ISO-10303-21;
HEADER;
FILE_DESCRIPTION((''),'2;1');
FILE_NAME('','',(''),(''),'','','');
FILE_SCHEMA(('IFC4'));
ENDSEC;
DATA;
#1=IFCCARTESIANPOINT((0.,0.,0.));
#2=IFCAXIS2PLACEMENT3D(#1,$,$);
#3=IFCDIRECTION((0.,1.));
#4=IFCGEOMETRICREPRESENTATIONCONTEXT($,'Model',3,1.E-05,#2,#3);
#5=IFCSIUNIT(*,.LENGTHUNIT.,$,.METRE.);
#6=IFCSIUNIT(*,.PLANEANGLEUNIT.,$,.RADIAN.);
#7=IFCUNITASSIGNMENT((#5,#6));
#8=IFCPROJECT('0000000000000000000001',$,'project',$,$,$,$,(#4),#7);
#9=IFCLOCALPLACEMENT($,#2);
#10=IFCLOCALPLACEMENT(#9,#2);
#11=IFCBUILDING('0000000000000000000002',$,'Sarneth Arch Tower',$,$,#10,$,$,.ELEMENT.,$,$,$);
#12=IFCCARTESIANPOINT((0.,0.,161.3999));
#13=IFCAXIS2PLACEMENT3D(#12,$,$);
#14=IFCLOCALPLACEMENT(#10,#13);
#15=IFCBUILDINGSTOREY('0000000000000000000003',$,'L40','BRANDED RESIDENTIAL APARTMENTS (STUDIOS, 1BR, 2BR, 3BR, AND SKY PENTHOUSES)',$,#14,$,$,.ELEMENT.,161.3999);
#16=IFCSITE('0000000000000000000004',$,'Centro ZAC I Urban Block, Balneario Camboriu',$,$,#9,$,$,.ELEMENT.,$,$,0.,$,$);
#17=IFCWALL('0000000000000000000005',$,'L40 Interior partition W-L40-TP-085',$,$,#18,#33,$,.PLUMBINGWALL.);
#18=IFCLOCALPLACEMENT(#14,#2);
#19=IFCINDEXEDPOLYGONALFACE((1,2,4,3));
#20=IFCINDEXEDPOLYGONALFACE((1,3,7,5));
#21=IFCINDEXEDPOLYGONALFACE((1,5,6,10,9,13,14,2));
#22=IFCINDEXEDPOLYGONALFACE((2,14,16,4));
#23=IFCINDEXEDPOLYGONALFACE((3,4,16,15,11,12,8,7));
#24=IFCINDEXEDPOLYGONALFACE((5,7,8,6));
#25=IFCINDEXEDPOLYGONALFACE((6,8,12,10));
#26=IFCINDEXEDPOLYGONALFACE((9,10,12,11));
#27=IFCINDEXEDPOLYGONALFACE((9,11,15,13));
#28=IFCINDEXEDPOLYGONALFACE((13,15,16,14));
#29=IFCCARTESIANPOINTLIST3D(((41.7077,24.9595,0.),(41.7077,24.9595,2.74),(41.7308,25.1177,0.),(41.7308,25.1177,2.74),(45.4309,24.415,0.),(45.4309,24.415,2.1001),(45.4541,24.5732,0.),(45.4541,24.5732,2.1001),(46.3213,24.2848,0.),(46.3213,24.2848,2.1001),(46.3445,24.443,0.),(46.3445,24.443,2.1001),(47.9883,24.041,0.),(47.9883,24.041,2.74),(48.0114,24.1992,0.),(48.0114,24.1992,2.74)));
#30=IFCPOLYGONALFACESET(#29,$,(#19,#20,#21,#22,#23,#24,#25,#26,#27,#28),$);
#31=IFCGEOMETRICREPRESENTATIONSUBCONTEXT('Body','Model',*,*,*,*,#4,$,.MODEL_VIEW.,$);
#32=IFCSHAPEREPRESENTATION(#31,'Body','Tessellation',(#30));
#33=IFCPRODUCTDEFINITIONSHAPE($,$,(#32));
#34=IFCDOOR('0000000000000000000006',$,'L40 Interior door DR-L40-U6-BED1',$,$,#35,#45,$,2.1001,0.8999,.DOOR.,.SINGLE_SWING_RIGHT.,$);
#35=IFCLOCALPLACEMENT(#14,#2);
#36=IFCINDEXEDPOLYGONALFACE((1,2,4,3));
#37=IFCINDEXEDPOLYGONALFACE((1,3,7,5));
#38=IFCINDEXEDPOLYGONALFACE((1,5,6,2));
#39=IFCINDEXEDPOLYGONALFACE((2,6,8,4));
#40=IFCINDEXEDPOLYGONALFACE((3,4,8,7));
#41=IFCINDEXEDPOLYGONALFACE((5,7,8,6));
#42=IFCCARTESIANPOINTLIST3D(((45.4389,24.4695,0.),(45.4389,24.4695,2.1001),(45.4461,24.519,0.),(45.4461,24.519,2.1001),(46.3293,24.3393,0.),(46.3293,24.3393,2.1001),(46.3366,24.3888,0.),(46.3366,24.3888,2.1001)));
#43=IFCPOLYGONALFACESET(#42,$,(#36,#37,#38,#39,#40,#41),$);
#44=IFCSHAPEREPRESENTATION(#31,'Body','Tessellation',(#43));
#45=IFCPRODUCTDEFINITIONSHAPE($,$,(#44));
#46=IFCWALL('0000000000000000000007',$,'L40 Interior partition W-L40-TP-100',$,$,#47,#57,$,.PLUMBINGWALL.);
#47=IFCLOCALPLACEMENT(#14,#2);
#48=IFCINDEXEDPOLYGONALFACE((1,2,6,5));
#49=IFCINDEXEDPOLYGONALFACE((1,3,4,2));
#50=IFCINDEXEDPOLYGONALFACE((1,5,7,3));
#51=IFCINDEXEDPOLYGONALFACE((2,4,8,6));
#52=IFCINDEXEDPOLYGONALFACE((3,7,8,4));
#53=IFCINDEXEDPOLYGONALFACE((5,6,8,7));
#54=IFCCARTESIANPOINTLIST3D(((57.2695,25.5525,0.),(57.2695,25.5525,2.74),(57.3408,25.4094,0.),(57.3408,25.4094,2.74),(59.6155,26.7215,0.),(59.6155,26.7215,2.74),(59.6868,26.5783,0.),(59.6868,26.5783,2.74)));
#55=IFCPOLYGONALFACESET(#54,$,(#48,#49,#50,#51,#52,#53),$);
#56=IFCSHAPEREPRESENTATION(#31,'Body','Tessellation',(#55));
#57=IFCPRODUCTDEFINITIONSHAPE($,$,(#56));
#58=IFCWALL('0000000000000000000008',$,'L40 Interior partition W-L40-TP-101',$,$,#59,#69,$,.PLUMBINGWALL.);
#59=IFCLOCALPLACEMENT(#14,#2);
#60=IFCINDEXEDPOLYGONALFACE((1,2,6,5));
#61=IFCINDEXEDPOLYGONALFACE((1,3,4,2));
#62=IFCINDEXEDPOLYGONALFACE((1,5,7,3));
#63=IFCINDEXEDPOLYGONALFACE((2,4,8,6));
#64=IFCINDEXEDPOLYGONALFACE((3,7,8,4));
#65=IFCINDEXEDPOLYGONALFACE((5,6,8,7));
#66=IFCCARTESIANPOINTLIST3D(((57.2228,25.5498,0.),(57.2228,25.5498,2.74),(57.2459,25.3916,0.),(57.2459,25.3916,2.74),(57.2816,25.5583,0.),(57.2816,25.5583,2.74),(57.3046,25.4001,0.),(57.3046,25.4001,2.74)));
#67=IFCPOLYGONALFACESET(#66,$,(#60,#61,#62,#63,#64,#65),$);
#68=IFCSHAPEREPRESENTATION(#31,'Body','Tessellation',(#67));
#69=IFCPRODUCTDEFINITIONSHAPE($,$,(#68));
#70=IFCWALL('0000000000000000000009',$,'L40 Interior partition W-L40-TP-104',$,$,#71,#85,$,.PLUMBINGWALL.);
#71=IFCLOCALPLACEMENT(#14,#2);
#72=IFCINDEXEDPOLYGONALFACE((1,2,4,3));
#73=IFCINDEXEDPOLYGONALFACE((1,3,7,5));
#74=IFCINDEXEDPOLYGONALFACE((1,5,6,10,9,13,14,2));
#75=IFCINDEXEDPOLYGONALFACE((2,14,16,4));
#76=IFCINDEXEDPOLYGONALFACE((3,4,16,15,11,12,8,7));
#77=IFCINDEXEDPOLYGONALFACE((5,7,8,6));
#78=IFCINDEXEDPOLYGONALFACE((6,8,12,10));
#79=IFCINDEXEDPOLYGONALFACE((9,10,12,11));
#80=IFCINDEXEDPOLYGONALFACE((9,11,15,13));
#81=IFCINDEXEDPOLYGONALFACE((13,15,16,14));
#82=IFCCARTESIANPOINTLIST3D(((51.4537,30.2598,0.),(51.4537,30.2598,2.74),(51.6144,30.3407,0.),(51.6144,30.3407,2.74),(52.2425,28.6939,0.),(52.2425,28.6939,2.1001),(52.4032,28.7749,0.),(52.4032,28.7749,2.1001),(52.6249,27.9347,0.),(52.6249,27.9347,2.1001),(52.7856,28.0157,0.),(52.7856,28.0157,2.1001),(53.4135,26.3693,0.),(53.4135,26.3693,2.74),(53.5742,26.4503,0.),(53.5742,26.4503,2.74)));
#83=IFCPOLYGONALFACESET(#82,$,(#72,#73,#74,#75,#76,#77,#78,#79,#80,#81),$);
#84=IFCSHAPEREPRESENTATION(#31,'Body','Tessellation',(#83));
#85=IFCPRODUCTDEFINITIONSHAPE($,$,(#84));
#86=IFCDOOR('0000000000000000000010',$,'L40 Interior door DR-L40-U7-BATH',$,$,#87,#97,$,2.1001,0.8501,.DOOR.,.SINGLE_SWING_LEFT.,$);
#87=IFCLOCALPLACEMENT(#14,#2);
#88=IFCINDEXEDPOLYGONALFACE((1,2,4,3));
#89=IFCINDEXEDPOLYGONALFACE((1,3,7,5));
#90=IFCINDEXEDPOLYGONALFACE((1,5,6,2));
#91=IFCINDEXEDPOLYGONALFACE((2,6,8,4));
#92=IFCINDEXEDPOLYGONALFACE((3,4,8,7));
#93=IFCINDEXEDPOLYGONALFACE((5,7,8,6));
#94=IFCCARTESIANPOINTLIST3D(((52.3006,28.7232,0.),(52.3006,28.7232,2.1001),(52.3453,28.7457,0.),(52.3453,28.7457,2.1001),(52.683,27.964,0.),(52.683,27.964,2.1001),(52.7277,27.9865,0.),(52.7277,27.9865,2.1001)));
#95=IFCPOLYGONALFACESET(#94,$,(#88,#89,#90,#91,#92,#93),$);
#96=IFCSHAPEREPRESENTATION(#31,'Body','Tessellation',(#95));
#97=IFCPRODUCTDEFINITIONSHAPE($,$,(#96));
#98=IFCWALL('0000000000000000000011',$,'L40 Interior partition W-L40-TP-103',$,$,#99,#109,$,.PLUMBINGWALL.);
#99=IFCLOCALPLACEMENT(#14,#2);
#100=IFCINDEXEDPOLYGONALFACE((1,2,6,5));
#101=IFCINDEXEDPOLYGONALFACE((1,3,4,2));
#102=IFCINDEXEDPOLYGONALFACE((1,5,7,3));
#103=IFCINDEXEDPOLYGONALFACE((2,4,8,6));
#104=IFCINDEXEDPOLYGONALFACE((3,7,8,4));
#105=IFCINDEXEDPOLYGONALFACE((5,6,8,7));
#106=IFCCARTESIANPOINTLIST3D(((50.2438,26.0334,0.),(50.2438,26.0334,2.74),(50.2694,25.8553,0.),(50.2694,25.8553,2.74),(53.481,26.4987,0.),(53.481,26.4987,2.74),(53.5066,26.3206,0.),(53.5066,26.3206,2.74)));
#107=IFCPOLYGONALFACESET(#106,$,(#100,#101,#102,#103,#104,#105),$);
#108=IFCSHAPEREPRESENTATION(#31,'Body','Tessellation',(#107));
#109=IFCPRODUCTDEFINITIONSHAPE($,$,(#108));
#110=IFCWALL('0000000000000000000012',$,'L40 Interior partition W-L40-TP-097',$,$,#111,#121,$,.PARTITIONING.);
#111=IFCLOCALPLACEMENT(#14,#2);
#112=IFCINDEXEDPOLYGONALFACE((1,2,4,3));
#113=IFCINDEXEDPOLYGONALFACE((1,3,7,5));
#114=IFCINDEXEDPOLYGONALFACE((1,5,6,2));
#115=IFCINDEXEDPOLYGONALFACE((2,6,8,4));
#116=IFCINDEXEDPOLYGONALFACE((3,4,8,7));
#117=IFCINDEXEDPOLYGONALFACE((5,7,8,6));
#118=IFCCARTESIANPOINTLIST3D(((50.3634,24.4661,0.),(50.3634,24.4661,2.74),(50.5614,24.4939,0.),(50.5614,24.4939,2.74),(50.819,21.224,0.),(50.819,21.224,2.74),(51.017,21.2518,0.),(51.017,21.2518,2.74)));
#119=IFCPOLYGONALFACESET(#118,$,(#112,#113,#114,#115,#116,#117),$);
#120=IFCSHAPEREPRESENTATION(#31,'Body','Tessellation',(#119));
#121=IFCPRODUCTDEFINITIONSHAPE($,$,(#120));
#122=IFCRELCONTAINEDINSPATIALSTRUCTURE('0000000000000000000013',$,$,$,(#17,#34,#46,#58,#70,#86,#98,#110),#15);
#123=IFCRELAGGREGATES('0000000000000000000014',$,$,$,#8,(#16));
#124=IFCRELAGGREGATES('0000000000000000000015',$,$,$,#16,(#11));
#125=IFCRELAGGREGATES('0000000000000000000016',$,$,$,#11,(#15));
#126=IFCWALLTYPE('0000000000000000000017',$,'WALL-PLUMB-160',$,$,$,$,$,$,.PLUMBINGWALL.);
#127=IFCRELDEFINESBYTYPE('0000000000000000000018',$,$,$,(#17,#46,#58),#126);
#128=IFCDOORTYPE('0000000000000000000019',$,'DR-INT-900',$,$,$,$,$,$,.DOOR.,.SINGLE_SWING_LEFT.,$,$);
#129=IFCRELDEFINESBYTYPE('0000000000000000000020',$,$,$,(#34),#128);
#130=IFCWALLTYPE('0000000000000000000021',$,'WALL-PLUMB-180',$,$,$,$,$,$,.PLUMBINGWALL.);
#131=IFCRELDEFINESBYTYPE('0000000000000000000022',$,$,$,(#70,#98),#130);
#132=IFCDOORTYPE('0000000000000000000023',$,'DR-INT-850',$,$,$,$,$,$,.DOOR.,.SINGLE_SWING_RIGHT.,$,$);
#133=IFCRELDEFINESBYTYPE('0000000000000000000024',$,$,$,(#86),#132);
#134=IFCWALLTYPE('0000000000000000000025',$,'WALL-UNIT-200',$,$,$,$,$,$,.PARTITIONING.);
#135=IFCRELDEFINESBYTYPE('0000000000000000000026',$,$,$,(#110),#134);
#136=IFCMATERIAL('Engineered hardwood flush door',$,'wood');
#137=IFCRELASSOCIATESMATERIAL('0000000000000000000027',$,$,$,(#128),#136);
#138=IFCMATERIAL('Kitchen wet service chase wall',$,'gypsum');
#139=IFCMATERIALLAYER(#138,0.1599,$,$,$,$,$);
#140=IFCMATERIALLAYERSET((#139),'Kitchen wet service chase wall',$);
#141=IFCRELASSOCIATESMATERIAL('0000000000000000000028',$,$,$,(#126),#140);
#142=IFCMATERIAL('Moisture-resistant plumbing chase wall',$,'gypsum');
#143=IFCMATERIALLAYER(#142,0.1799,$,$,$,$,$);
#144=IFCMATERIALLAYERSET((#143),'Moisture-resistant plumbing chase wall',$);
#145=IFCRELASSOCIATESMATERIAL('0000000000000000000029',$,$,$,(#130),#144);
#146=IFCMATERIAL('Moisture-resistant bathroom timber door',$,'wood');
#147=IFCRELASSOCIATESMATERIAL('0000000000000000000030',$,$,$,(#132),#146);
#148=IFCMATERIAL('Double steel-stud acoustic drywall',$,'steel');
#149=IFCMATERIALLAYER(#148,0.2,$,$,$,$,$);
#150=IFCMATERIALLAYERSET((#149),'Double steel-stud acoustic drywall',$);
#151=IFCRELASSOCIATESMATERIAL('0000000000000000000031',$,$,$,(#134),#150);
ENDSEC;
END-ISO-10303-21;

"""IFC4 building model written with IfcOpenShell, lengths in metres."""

from ifc_helpers import new_model, si_unit, direction, frame, frame_2d, origin, place, context, subcontext, project, spatial, rectangle, extrude, material, layer, layer_set, type_object, element, fill, save


model = new_model("IFC4")

# Units and contexts
model_context = context("Model", 3, precision=1e-05, world=origin(), true_north=direction((0.0, 1.0)))
body_context = subcontext(model_context, "Body", "Model", "MODEL_VIEW")
ifc_project = project(units=[si_unit("LENGTHUNIT", "METRE"), si_unit("PLANEANGLEUNIT", "RADIAN")], contexts=[model_context])

# Site, building, storey
site_placement = place(None, origin())
site = spatial("IfcSite", under=ifc_project, at=site_placement, Name="Centro ZAC I Urban Block, Balneario Camboriu", CompositionType="ELEMENT", RefElevation=0.0)
building_placement = place(site_placement, origin())
building = spatial("IfcBuilding", under=site, at=building_placement, Name="Sarneth Arch Tower", CompositionType="ELEMENT")
storey_placement = place(building_placement, frame((0.0, 0.0, 161.3999)))
storey = spatial("IfcBuildingStorey", under=building, at=storey_placement, Name="L40", Description="BRANDED RESIDENTIAL APARTMENTS (STUDIOS, 1BR, 2BR, 3BR, AND SKY PENTHOUSES)", CompositionType="ELEMENT", Elevation=161.3999)

# Wall, opening, door
ifc_material_1 = material(Name="Engineered hardwood flush door", Category="wood")
door_type_1 = type_object("IfcDoorType", Name="DR-INT-900", OperationType="SINGLE_SWING_LEFT", PredefinedType="DOOR", material=ifc_material_1)
ifc_material_2 = material(Name="Kitchen wet service chase wall", Category="gypsum")
ifc_layer_1 = layer(ifc_material_2, 0.1599)
ifc_layer_set_1 = layer_set([ifc_layer_1], Name="Kitchen wet service chase wall")
wall_type_1 = type_object("IfcWallType", Name="WALL-PLUMB-160", PredefinedType="PLUMBINGWALL", material=ifc_layer_set_1)
wall_1_placement = place(storey_placement, frame((48.0, 24.1201, 0.0), z_axis=(0.0, 0.0, 1.0), x_axis=(-0.989476, 0.1447, 0.0)))
wall_1 = element("IfcWall", 1, at=wall_1_placement, inside=storey, type_object=wall_type_1, Name="L40 Interior partition W-L40-TP-085", PredefinedType="PLUMBINGWALL", context=body_context, shape_type="SweptSolid", body=[
    extrude(rectangle(XDim=6.3474, YDim=0.1599, at=frame_2d((3.1738, 0.0))), origin(), (0.0, 0.0, 1.0), 2.74),
])
opening_1_placement = place(wall_1_placement, frame((1.6848, 0.0, 0.0)))
opening_1 = element("IfcOpeningElement", 2, at=opening_1_placement, cuts=wall_1, PredefinedType="OPENING", context=body_context, shape_type="SweptSolid", body=[
    extrude(rectangle(XDim=0.8999, YDim=2.1001, at=frame_2d((0.45, 1.05))), frame((0.0, 0.0898, 0.0), z_axis=(0.0, -1.0, 0.0), x_axis=(1.0, 0.0, 0.0)), (0.0, 0.0, 1.0), 0.1799),
])
door_1_placement = place(opening_1_placement, origin())
door_1 = element("IfcDoor", 3, at=door_1_placement, inside=storey, type_object=door_type_1, Name="L40 Interior door DR-L40-U6-BED1", OperationType="SINGLE_SWING_RIGHT", OverallHeight=2.1001, OverallWidth=0.8999, PredefinedType="DOOR", context=body_context, shape_type="SweptSolid", body=[
    extrude(rectangle(XDim=0.8999, YDim=2.1001, at=frame_2d((0.45, 1.05))), frame((0.0, 0.0249, 0.0), z_axis=(0.0, -1.0, 0.0), x_axis=(1.0, 0.0, 0.0)), (0.0, 0.0, 1.0), 0.05),
])
fill(opening_1, door_1)

# Walls
wall_2_placement = place(storey_placement, frame((59.6511, 26.6499, 0.0), z_axis=(0.0, 0.0, 1.0), x_axis=(-0.895041, -0.445984, 0.0)))
element("IfcWall", 4, at=wall_2_placement, inside=storey, type_object=wall_type_1, Name="L40 Interior partition W-L40-TP-100", PredefinedType="PLUMBINGWALL", context=body_context, shape_type="SweptSolid", body=[
    extrude(rectangle(XDim=2.6211, YDim=0.1599, at=frame_2d((1.3105, 0.0))), origin(), (0.0, 0.0, 1.0), 2.74),
])
wall_3_placement = place(storey_placement, frame((57.2932, 25.4792, 0.0), z_axis=(0.0, 0.0, 1.0), x_axis=(-0.989533, -0.144307, 0.0)))
element("IfcWall", 5, at=wall_3_placement, inside=storey, type_object=wall_type_1, Name="L40 Interior partition W-L40-TP-101", PredefinedType="PLUMBINGWALL", context=body_context, shape_type="SweptSolid", body=[
    extrude(rectangle(XDim=0.0593, YDim=0.1599, at=frame_2d((0.0298, 0.0))), origin(), (0.0, 0.0, 1.0), 2.74),
])

# Wall, opening, door
ifc_material_3 = material(Name="Moisture-resistant plumbing chase wall", Category="gypsum")
ifc_layer_2 = layer(ifc_material_3, 0.1799)
ifc_layer_set_2 = layer_set([ifc_layer_2], Name="Moisture-resistant plumbing chase wall")
wall_type_2 = type_object("IfcWallType", Name="WALL-PLUMB-180", PredefinedType="PLUMBINGWALL", material=ifc_layer_set_2)
wall_4_placement = place(storey_placement, frame((53.4939, 26.4097, 0.0), z_axis=(0.0, 0.0, 1.0), x_axis=(-0.449879, 0.893089, 0.0)))
wall_4 = element("IfcWall", 6, at=wall_4_placement, inside=storey, type_object=wall_type_2, Name="L40 Interior partition W-L40-TP-104", PredefinedType="PLUMBINGWALL", context=body_context, shape_type="SweptSolid", body=[
    extrude(rectangle(XDim=4.3562, YDim=0.1799, at=frame_2d((2.1782, 0.0))), origin(), (0.0, 0.0, 1.0), 2.74),
])
opening_2_placement = place(wall_4_placement, frame((1.7529, 0.0, 0.0)))
opening_2 = element("IfcOpeningElement", 7, at=opening_2_placement, cuts=wall_4, PredefinedType="OPENING", context=body_context, shape_type="SweptSolid", body=[
    extrude(rectangle(XDim=0.8501, YDim=2.1001, at=frame_2d((0.425, 1.05))), frame((0.0, 0.0999, 0.0), z_axis=(0.0, -1.0, 0.0), x_axis=(1.0, 0.0, 0.0)), (0.0, 0.0, 1.0), 0.2),
])
ifc_material_4 = material(Name="Moisture-resistant bathroom timber door", Category="wood")
door_type_2 = type_object("IfcDoorType", Name="DR-INT-850", OperationType="SINGLE_SWING_RIGHT", PredefinedType="DOOR", material=ifc_material_4)
door_2_placement = place(opening_2_placement, origin())
door_2 = element("IfcDoor", 8, at=door_2_placement, inside=storey, type_object=door_type_2, Name="L40 Interior door DR-L40-U7-BATH", OperationType="SINGLE_SWING_LEFT", OverallHeight=2.1001, OverallWidth=0.8501, PredefinedType="DOOR", context=body_context, shape_type="SweptSolid", body=[
    extrude(rectangle(XDim=0.8501, YDim=2.1001, at=frame_2d((0.425, 1.05))), frame((0.0, 0.0249, 0.0), z_axis=(0.0, -1.0, 0.0), x_axis=(1.0, 0.0, 0.0)), (0.0, 0.0, 1.0), 0.05),
])
fill(opening_2, door_2)

# Walls
wall_5_placement = place(storey_placement, frame((50.2566, 25.9443, 0.0), z_axis=(0.0, 0.0, 1.0), x_axis=(0.989827, 0.142278, 0.0)))
element("IfcWall", 9, at=wall_5_placement, inside=storey, type_object=wall_type_2, Name="L40 Interior partition W-L40-TP-103", PredefinedType="PLUMBINGWALL", context=body_context, shape_type="SweptSolid", body=[
    extrude(rectangle(XDim=3.2705, YDim=0.1799, at=frame_2d((1.6353, 0.0))), origin(), (0.0, 0.0, 1.0), 2.74),
])
ifc_material_5 = material(Name="Double steel-stud acoustic drywall", Category="steel")
ifc_layer_3 = layer(ifc_material_5, 0.2)
ifc_layer_set_3 = layer_set([ifc_layer_3], Name="Double steel-stud acoustic drywall")
wall_type_3 = type_object("IfcWallType", Name="WALL-UNIT-200", PredefinedType="PARTITIONING", material=ifc_layer_set_3)
wall_6_placement = place(storey_placement, frame((50.4624, 24.48, 0.0), z_axis=(0.0, 0.0, 1.0), x_axis=(0.139145, -0.990272, 0.0)))
element("IfcWall", 10, at=wall_6_placement, inside=storey, type_object=wall_type_3, Name="L40 Interior partition W-L40-TP-097", PredefinedType="PARTITIONING", context=body_context, shape_type="SweptSolid", body=[
    extrude(rectangle(XDim=3.2739, YDim=0.2, at=frame_2d((1.637, 0.0))), origin(), (0.0, 0.0, 1.0), 2.74),
])

save(model, "model.ifc")
